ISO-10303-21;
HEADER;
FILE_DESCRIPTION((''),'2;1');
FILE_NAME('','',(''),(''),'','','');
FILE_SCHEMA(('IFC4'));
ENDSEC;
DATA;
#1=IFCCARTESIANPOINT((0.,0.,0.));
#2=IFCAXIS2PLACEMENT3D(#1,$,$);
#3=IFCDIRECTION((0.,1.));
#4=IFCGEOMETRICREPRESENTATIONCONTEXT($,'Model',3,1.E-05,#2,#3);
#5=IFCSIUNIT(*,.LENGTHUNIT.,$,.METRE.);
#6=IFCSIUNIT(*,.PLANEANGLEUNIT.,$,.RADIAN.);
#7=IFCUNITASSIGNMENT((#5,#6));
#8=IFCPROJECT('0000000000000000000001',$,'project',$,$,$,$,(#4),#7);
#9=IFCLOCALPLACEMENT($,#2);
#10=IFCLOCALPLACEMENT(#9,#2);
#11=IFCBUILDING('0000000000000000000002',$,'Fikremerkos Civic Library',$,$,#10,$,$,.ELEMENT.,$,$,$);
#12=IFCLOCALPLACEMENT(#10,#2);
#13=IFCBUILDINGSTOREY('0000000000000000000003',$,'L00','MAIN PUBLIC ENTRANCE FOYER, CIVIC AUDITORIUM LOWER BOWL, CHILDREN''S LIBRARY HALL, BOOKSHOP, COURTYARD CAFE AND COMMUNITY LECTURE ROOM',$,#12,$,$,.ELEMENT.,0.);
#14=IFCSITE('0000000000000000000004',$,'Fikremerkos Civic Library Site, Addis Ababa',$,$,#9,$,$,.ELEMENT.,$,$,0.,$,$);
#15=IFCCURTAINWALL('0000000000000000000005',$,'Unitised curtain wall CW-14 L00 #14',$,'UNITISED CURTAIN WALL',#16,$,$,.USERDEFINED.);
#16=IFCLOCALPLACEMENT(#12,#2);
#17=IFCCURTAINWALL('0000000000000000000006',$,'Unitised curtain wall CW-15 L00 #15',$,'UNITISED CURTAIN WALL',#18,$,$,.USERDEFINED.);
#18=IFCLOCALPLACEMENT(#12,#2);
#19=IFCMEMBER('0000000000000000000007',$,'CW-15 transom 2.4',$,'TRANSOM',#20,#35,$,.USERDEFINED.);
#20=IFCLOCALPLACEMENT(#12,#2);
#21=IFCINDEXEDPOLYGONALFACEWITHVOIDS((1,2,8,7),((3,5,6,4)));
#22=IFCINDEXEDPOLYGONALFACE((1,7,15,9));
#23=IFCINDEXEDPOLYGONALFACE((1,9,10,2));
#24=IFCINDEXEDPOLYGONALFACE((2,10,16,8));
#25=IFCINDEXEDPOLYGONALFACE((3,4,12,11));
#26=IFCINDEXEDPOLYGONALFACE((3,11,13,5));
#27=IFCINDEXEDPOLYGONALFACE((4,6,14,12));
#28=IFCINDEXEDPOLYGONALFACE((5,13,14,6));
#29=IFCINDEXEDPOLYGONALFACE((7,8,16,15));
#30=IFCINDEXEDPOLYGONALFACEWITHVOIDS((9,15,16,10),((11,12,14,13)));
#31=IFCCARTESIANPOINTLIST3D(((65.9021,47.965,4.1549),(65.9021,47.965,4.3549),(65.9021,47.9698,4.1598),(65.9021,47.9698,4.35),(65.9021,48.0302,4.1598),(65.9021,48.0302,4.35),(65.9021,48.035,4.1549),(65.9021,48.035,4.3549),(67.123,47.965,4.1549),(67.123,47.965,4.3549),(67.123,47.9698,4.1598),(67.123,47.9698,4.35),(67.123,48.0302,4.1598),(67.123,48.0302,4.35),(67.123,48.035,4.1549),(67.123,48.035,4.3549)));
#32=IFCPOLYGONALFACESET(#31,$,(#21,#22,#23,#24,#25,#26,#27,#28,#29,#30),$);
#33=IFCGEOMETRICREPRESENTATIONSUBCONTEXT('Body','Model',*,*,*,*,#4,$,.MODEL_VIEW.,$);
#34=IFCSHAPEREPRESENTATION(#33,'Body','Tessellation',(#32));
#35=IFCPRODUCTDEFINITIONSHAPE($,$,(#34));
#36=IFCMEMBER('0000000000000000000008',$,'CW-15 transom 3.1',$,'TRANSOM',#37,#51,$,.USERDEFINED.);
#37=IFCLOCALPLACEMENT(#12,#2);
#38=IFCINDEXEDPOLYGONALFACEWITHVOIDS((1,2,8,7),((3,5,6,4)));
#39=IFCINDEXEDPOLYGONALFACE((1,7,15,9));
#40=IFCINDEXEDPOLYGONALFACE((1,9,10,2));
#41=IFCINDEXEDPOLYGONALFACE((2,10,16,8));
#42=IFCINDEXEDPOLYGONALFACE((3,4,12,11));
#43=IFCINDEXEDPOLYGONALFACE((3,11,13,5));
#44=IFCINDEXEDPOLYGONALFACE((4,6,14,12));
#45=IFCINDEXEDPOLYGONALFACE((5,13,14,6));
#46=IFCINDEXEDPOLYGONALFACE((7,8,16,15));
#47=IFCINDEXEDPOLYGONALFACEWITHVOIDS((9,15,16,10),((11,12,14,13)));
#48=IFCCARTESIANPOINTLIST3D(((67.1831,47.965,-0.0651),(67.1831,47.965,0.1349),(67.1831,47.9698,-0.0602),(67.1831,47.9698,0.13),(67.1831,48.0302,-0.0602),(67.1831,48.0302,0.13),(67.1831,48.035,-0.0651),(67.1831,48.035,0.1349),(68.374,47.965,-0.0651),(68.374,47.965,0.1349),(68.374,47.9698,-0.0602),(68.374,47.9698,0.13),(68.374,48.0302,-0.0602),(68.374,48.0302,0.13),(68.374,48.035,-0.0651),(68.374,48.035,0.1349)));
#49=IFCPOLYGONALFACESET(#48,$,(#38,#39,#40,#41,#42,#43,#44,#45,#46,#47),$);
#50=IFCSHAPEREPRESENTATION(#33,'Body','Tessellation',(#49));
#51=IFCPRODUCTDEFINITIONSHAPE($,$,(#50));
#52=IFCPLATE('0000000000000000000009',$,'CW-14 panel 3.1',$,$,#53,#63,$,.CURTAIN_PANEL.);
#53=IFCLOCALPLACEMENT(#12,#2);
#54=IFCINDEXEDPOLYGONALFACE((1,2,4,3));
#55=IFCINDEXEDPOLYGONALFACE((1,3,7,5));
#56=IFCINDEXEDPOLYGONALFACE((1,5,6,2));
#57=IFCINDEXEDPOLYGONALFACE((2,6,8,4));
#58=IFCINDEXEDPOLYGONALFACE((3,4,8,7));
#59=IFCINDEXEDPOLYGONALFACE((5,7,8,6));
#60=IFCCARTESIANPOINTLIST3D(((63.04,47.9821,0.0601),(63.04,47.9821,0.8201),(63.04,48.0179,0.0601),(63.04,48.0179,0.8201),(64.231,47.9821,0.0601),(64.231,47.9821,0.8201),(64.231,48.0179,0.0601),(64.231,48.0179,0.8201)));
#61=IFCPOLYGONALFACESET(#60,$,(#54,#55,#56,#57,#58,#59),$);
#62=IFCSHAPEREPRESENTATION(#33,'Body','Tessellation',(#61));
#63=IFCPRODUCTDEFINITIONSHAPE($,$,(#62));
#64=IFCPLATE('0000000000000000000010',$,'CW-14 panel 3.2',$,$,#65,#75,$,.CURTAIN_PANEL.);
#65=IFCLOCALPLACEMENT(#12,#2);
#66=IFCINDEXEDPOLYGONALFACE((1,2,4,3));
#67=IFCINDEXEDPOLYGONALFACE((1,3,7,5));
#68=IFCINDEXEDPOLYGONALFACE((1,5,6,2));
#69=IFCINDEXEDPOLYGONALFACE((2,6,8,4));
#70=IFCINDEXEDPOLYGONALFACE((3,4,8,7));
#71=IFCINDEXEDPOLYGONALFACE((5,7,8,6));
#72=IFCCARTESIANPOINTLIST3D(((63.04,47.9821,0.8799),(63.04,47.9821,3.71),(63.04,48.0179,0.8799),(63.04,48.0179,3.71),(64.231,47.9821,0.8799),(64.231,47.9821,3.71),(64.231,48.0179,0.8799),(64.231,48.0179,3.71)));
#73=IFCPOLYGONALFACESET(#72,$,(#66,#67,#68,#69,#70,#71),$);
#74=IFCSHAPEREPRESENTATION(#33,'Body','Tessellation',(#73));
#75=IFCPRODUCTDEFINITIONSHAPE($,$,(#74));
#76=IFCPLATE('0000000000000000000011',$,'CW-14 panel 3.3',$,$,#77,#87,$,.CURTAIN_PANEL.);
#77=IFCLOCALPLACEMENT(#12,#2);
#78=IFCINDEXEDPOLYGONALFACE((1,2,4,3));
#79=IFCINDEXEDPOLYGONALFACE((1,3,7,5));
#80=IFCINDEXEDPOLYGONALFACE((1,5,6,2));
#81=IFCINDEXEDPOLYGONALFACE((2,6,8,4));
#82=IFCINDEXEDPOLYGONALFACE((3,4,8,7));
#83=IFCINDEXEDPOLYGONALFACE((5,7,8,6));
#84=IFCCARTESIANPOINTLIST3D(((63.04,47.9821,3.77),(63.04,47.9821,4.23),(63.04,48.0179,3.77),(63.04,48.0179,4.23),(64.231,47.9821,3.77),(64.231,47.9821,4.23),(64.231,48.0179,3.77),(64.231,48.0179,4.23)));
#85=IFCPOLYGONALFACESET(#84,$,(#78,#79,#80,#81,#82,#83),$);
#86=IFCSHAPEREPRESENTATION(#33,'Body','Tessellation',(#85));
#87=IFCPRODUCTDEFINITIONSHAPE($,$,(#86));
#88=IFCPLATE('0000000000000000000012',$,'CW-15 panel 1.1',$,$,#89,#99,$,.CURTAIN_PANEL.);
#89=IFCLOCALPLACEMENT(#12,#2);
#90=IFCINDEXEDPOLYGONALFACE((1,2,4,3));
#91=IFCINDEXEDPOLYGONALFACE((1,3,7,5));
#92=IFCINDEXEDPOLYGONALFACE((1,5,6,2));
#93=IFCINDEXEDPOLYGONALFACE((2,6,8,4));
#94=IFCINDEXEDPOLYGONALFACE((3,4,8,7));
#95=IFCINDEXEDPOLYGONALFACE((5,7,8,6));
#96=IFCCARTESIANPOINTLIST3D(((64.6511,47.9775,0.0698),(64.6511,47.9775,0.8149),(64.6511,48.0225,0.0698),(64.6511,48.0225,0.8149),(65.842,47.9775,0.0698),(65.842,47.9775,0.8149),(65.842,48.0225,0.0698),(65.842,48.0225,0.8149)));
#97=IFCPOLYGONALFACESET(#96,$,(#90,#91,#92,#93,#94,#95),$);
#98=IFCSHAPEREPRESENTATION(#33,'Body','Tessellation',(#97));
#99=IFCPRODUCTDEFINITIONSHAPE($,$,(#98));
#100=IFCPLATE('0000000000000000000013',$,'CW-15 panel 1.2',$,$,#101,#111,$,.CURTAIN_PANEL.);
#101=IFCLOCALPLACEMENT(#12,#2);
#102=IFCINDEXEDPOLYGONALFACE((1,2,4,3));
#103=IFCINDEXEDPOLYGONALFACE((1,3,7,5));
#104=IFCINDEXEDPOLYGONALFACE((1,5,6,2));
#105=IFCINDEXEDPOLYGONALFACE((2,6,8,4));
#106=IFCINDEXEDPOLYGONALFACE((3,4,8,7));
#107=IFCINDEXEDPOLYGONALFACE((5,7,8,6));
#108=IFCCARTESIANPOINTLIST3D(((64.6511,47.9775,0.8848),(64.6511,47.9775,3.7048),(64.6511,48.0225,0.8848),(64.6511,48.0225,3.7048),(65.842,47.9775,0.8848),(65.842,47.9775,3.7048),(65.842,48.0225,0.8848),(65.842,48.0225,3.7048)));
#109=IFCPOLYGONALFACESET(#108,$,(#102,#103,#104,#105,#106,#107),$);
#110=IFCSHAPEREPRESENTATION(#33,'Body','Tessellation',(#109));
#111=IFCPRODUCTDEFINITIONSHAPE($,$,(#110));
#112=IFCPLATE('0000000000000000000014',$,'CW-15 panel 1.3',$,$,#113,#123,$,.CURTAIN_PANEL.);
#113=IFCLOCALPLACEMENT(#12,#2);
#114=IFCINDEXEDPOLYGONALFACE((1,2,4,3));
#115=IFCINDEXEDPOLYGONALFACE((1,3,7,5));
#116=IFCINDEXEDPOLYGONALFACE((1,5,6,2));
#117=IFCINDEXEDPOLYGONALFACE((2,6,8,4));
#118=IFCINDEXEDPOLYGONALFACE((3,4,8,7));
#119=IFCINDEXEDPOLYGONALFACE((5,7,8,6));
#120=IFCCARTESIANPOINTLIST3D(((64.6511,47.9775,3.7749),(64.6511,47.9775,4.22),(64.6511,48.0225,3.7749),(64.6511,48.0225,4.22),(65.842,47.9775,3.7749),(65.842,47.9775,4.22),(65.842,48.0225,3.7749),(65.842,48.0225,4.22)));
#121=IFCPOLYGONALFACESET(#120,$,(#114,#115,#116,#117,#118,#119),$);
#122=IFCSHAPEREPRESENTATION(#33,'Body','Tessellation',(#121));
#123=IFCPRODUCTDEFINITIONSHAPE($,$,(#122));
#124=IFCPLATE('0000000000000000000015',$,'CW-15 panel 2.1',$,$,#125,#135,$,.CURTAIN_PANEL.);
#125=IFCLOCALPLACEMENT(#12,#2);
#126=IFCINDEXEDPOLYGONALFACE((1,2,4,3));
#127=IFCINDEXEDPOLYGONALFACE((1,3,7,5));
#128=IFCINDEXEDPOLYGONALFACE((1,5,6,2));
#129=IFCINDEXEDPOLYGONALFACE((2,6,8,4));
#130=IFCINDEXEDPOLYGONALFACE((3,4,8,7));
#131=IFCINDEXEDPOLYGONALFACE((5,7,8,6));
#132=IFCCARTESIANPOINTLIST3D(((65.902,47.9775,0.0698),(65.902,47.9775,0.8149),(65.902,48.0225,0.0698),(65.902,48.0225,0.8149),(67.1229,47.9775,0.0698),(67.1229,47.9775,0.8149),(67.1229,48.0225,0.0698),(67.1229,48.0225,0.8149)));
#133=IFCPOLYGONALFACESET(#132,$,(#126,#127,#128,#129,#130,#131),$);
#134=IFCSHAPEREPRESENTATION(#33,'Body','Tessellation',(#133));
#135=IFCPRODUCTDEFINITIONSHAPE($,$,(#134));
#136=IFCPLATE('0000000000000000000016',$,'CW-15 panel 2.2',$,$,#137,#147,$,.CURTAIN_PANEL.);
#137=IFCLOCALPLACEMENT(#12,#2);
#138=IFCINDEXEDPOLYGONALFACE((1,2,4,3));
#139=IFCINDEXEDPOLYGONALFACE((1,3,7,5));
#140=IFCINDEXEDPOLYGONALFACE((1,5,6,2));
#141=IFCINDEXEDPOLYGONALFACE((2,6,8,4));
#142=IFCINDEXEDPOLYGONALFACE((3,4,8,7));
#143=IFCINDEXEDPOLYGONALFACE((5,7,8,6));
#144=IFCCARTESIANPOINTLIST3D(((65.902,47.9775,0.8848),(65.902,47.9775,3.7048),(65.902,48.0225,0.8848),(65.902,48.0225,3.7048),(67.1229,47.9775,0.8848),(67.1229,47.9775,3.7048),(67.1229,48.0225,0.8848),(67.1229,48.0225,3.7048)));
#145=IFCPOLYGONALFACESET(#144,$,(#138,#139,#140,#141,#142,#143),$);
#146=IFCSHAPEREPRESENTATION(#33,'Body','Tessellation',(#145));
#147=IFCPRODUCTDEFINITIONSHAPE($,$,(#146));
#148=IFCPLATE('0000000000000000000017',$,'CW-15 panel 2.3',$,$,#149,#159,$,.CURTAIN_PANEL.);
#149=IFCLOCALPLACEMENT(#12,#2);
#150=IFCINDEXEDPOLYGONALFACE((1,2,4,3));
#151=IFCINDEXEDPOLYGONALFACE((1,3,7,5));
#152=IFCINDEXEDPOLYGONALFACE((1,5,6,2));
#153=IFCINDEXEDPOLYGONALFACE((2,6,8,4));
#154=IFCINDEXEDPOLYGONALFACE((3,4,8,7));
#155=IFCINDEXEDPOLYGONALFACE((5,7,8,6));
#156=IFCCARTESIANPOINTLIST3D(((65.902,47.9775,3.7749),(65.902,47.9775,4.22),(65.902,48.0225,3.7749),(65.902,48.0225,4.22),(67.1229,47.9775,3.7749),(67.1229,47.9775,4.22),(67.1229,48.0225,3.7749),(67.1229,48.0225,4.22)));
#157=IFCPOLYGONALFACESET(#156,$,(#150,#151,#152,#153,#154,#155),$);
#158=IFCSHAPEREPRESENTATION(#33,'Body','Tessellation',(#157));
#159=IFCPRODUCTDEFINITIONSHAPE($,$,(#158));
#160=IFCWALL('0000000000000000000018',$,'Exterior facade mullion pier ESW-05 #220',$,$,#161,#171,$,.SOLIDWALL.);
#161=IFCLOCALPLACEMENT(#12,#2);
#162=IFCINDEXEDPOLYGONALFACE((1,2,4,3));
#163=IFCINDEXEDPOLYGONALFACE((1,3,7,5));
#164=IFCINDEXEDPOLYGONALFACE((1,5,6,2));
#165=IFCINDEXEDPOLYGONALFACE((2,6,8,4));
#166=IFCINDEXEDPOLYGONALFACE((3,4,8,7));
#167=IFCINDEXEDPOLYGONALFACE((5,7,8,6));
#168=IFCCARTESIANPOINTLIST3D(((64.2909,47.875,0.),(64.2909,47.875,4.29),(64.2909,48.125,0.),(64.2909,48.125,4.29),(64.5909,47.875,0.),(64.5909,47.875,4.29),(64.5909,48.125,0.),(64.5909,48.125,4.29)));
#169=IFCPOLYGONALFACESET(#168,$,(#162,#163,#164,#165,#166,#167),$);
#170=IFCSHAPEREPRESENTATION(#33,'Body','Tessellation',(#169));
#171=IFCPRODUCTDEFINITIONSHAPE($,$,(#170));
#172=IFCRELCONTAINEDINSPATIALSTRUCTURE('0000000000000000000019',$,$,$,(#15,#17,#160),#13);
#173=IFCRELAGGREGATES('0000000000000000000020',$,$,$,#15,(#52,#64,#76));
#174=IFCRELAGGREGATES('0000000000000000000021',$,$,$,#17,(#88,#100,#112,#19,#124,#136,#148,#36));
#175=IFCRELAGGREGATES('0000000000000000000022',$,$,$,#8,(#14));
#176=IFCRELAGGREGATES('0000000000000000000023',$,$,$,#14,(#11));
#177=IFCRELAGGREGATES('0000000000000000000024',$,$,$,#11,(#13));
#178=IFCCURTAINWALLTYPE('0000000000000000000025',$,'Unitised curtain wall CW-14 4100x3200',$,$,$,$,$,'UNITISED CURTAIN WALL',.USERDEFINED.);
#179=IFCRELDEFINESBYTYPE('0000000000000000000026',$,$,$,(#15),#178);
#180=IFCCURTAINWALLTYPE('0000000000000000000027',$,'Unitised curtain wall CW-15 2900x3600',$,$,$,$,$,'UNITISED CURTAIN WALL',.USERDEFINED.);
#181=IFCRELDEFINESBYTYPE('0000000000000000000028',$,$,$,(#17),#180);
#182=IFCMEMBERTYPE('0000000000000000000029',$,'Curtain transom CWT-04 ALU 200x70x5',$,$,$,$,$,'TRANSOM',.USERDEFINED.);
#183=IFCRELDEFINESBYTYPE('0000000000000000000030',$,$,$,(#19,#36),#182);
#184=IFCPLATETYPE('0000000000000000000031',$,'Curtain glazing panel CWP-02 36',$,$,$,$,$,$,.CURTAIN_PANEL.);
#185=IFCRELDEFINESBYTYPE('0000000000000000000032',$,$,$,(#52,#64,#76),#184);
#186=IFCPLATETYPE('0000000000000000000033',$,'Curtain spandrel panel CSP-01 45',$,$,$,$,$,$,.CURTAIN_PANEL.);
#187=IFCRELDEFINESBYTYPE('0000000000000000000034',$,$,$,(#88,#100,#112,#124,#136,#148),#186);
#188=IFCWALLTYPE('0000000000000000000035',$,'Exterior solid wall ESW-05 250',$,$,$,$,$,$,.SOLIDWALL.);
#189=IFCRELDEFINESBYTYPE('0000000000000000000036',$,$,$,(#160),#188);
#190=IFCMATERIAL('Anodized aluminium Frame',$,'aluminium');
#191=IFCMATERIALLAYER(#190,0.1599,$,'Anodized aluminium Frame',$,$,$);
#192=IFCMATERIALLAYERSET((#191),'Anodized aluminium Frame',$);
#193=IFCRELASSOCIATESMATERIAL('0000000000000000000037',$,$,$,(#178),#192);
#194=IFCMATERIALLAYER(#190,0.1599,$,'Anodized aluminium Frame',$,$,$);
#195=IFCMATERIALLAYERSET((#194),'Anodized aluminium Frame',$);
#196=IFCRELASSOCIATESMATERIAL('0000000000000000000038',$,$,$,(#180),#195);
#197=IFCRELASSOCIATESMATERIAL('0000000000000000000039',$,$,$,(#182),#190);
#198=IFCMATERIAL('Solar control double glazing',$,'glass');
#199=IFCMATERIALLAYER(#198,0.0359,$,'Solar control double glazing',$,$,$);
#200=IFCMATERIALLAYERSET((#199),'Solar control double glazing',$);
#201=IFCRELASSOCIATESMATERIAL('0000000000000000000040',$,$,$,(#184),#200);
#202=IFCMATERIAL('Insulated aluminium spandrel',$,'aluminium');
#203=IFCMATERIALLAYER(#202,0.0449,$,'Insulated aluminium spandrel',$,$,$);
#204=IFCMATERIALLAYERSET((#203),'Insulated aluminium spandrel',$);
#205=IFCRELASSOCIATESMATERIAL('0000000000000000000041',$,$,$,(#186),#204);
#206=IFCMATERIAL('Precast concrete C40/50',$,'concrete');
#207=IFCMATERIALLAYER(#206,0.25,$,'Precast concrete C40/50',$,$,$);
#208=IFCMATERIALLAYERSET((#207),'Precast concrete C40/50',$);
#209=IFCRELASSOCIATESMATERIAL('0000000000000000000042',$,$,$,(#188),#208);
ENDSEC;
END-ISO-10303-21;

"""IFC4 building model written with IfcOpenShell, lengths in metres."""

from ifc_helpers import new_model, si_unit, direction, frame, frame_2d, origin, origin_2d, place, context, subcontext, project, spatial, rectangle, hollow_rectangle, extrude, material, layer, layer_set, material_profile, profile_set, type_object, element, aggregate, save


model = new_model("IFC4")

# Units and contexts
model_context = context("Model", 3, precision=1e-05, world=origin(), true_north=direction((0.0, 1.0)))
body_context = subcontext(model_context, "Body", "Model", "MODEL_VIEW")
ifc_project = project(units=[si_unit("LENGTHUNIT", "METRE"), si_unit("PLANEANGLEUNIT", "RADIAN")], contexts=[model_context])

# Site, building, storey
site_placement = place(None, origin())
site = spatial("IfcSite", under=ifc_project, at=site_placement, Name="Fikremerkos Civic Library Site, Addis Ababa", CompositionType="ELEMENT", RefElevation=0.0)
building_placement = place(site_placement, origin())
building = spatial("IfcBuilding", under=site, at=building_placement, Name="Fikremerkos Civic Library", CompositionType="ELEMENT")
storey_placement = place(building_placement, origin())
storey = spatial("IfcBuildingStorey", under=building, at=storey_placement, Name="L00", Description="MAIN PUBLIC ENTRANCE FOYER, CIVIC AUDITORIUM LOWER BOWL, CHILDREN'S LIBRARY HALL, BOOKSHOP, COURTYARD CAFE AND COMMUNITY LECTURE ROOM", CompositionType="ELEMENT", Elevation=0.0)

# Curtain wall
ifc_material_1 = material(Name="Anodized aluminium Frame", Category="aluminium")
ifc_layer_1 = layer(ifc_material_1, 0.1599, Name="Anodized aluminium Frame")
ifc_layer_set_1 = layer_set([ifc_layer_1], Name="Anodized aluminium Frame")
curtain_wall_type_1 = type_object("IfcCurtainWallType", Name="Unitised curtain wall CW-14 4100x3200", ElementType="UNITISED CURTAIN WALL", PredefinedType="USERDEFINED", material=ifc_layer_set_1)
curtain_wall_1_placement = place(storey_placement, origin())
curtain_wall_1 = element("IfcCurtainWall", 1, at=curtain_wall_1_placement, inside=storey, type_object=curtain_wall_type_1, Name="Unitised curtain wall CW-14 L00 #14", ObjectType="UNITISED CURTAIN WALL", PredefinedType="USERDEFINED")

# Curtain wall, members
ifc_layer_2 = layer(ifc_material_1, 0.1599, Name="Anodized aluminium Frame")
ifc_layer_set_2 = layer_set([ifc_layer_2], Name="Anodized aluminium Frame")
curtain_wall_type_2 = type_object("IfcCurtainWallType", Name="Unitised curtain wall CW-15 2900x3600", ElementType="UNITISED CURTAIN WALL", PredefinedType="USERDEFINED", material=ifc_layer_set_2)
curtain_wall_2_placement = place(storey_placement, origin())
curtain_wall_2 = element("IfcCurtainWall", 2, at=curtain_wall_2_placement, inside=storey, type_object=curtain_wall_type_2, Name="Unitised curtain wall CW-15 L00 #15", ObjectType="UNITISED CURTAIN WALL", PredefinedType="USERDEFINED")
ifc_material_profile_1 = material_profile(ifc_material_1, hollow_rectangle(XDim=0.0701, YDim=0.2, WallThickness=0.0049, at=origin_2d()), Name="ALU 200x70x5")
ifc_profile_set_1 = profile_set([ifc_material_profile_1], Name="Anodized aluminium Frame")
member_type_1 = type_object("IfcMemberType", Name="Curtain transom CWT-04 ALU 200x70x5", ElementType="TRANSOM", PredefinedType="USERDEFINED", material=ifc_profile_set_1)
member_1_placement = place(storey_placement, frame((65.9021, 48.0, 4.2549), z_axis=(1.0, 0.0, 0.0), x_axis=(0.0, 1.0, 0.0)))
member_1 = element("IfcMember", 3, at=member_1_placement, type_object=member_type_1, Name="CW-15 transom 2.4", ObjectType="TRANSOM", PredefinedType="USERDEFINED", context=body_context, shape_type="SweptSolid", body=[
    extrude(hollow_rectangle(XDim=0.0701, YDim=0.2, WallThickness=0.0049, at=origin_2d()), origin(), (0.0, 0.0, 1.0), 1.2209),
])
member_2_placement = place(storey_placement, frame((67.1831, 48.0, 0.0349), z_axis=(1.0, 0.0, 0.0), x_axis=(0.0, 1.0, 0.0)))
member_2 = element("IfcMember", 4, at=member_2_placement, type_object=member_type_1, Name="CW-15 transom 3.1", ObjectType="TRANSOM", PredefinedType="USERDEFINED", context=body_context, shape_type="SweptSolid", body=[
    extrude(hollow_rectangle(XDim=0.0701, YDim=0.2, WallThickness=0.0049, at=origin_2d()), origin(), (0.0, 0.0, 1.0), 1.1909),
])

# Plates
ifc_material_2 = material(Name="Solar control double glazing", Category="glass")
ifc_layer_3 = layer(ifc_material_2, 0.0359, Name="Solar control double glazing")
ifc_layer_set_3 = layer_set([ifc_layer_3], Name="Solar control double glazing")
plate_type_1 = type_object("IfcPlateType", Name="Curtain glazing panel CWP-02 36", PredefinedType="CURTAIN_PANEL", material=ifc_layer_set_3)
plate_1_placement = place(storey_placement, frame((63.6355, 48.0, 0.0601), z_axis=(0.0, 0.0, 1.0), x_axis=(1.0, 0.0, 0.0)))
plate_1 = element("IfcPlate", 5, at=plate_1_placement, type_object=plate_type_1, Name="CW-14 panel 3.1", PredefinedType="CURTAIN_PANEL", context=body_context, shape_type="SweptSolid", body=[
    extrude(rectangle(XDim=1.1909, YDim=0.0359, at=origin_2d()), origin(), (0.0, 0.0, 1.0), 0.76),
])
plate_2_placement = place(storey_placement, frame((63.6355, 48.0, 0.8799), z_axis=(0.0, 0.0, 1.0), x_axis=(1.0, 0.0, 0.0)))
plate_2 = element("IfcPlate", 6, at=plate_2_placement, type_object=plate_type_1, Name="CW-14 panel 3.2", PredefinedType="CURTAIN_PANEL", context=body_context, shape_type="SweptSolid", body=[
    extrude(rectangle(XDim=1.1909, YDim=0.0359, at=origin_2d()), origin(), (0.0, 0.0, 1.0), 2.8301),
])
plate_3_placement = place(storey_placement, frame((63.6355, 48.0, 3.77), z_axis=(0.0, 0.0, 1.0), x_axis=(1.0, 0.0, 0.0)))
plate_3 = element("IfcPlate", 7, at=plate_3_placement, type_object=plate_type_1, Name="CW-14 panel 3.3", PredefinedType="CURTAIN_PANEL", context=body_context, shape_type="SweptSolid", body=[
    extrude(rectangle(XDim=1.1909, YDim=0.0359, at=origin_2d()), origin(), (0.0, 0.0, 1.0), 0.46),
])
aggregate(curtain_wall_1, [plate_1, plate_2, plate_3])
ifc_material_3 = material(Name="Insulated aluminium spandrel", Category="aluminium")
ifc_layer_4 = layer(ifc_material_3, 0.0449, Name="Insulated aluminium spandrel")
ifc_layer_set_4 = layer_set([ifc_layer_4], Name="Insulated aluminium spandrel")
plate_type_2 = type_object("IfcPlateType", Name="Curtain spandrel panel CSP-01 45", PredefinedType="CURTAIN_PANEL", material=ifc_layer_set_4)
plate_4_placement = place(storey_placement, frame((65.2466, 48.0, 0.0698), z_axis=(0.0, 0.0, 1.0), x_axis=(1.0, 0.0, 0.0)))
plate_4 = element("IfcPlate", 8, at=plate_4_placement, type_object=plate_type_2, Name="CW-15 panel 1.1", PredefinedType="CURTAIN_PANEL", context=body_context, shape_type="SweptSolid", body=[
    extrude(rectangle(XDim=1.1909, YDim=0.0449, at=origin_2d()), origin(), (0.0, 0.0, 1.0), 0.7451),
])
plate_5_placement = place(storey_placement, frame((65.2466, 48.0, 0.8848), z_axis=(0.0, 0.0, 1.0), x_axis=(1.0, 0.0, 0.0)))
plate_5 = element("IfcPlate", 9, at=plate_5_placement, type_object=plate_type_2, Name="CW-15 panel 1.2", PredefinedType="CURTAIN_PANEL", context=body_context, shape_type="SweptSolid", body=[
    extrude(rectangle(XDim=1.1909, YDim=0.0449, at=origin_2d()), origin(), (0.0, 0.0, 1.0), 2.8201),
])
plate_6_placement = place(storey_placement, frame((65.2466, 48.0, 3.7749), z_axis=(0.0, 0.0, 1.0), x_axis=(1.0, 0.0, 0.0)))
plate_6 = element("IfcPlate", 10, at=plate_6_placement, type_object=plate_type_2, Name="CW-15 panel 1.3", PredefinedType="CURTAIN_PANEL", context=body_context, shape_type="SweptSolid", body=[
    extrude(rectangle(XDim=1.1909, YDim=0.0449, at=origin_2d()), origin(), (0.0, 0.0, 1.0), 0.4451),
])
plate_7_placement = place(storey_placement, frame((66.5125, 48.0, 0.0698), z_axis=(0.0, 0.0, 1.0), x_axis=(1.0, 0.0, 0.0)))
plate_7 = element("IfcPlate", 11, at=plate_7_placement, type_object=plate_type_2, Name="CW-15 panel 2.1", PredefinedType="CURTAIN_PANEL", context=body_context, shape_type="SweptSolid", body=[
    extrude(rectangle(XDim=1.2209, YDim=0.0449, at=origin_2d()), origin(), (0.0, 0.0, 1.0), 0.7451),
])
plate_8_placement = place(storey_placement, frame((66.5125, 48.0, 0.8848), z_axis=(0.0, 0.0, 1.0), x_axis=(1.0, 0.0, 0.0)))
plate_8 = element("IfcPlate", 12, at=plate_8_placement, type_object=plate_type_2, Name="CW-15 panel 2.2", PredefinedType="CURTAIN_PANEL", context=body_context, shape_type="SweptSolid", body=[
    extrude(rectangle(XDim=1.2209, YDim=0.0449, at=origin_2d()), origin(), (0.0, 0.0, 1.0), 2.8201),
])
plate_9_placement = place(storey_placement, frame((66.5125, 48.0, 3.7749), z_axis=(0.0, 0.0, 1.0), x_axis=(1.0, 0.0, 0.0)))
plate_9 = element("IfcPlate", 13, at=plate_9_placement, type_object=plate_type_2, Name="CW-15 panel 2.3", PredefinedType="CURTAIN_PANEL", context=body_context, shape_type="SweptSolid", body=[
    extrude(rectangle(XDim=1.2209, YDim=0.0449, at=origin_2d()), origin(), (0.0, 0.0, 1.0), 0.4451),
])
aggregate(curtain_wall_2, [plate_4, plate_5, plate_6, member_1, plate_7, plate_8, plate_9, member_2])

# Wall
ifc_material_4 = material(Name="Precast concrete C40/50", Category="concrete")
ifc_layer_5 = layer(ifc_material_4, 0.25, Name="Precast concrete C40/50")
ifc_layer_set_5 = layer_set([ifc_layer_5], Name="Precast concrete C40/50")
wall_type = type_object("IfcWallType", Name="Exterior solid wall ESW-05 250", PredefinedType="SOLIDWALL", material=ifc_layer_set_5)
wall_placement = place(storey_placement, frame((64.291, 48.0, 0.0), z_axis=(0.0, 0.0, 1.0), x_axis=(1.0, 0.0, 0.0)))
element("IfcWall", 14, at=wall_placement, inside=storey, type_object=wall_type, Name="Exterior facade mullion pier ESW-05 #220", PredefinedType="SOLIDWALL", context=body_context, shape_type="SweptSolid", body=[
    extrude(rectangle(XDim=0.3, YDim=0.25, at=frame_2d((0.1499, 0.0))), origin(), (0.0, 0.0, 1.0), 4.29),
])

save(model, "model.ifc")
